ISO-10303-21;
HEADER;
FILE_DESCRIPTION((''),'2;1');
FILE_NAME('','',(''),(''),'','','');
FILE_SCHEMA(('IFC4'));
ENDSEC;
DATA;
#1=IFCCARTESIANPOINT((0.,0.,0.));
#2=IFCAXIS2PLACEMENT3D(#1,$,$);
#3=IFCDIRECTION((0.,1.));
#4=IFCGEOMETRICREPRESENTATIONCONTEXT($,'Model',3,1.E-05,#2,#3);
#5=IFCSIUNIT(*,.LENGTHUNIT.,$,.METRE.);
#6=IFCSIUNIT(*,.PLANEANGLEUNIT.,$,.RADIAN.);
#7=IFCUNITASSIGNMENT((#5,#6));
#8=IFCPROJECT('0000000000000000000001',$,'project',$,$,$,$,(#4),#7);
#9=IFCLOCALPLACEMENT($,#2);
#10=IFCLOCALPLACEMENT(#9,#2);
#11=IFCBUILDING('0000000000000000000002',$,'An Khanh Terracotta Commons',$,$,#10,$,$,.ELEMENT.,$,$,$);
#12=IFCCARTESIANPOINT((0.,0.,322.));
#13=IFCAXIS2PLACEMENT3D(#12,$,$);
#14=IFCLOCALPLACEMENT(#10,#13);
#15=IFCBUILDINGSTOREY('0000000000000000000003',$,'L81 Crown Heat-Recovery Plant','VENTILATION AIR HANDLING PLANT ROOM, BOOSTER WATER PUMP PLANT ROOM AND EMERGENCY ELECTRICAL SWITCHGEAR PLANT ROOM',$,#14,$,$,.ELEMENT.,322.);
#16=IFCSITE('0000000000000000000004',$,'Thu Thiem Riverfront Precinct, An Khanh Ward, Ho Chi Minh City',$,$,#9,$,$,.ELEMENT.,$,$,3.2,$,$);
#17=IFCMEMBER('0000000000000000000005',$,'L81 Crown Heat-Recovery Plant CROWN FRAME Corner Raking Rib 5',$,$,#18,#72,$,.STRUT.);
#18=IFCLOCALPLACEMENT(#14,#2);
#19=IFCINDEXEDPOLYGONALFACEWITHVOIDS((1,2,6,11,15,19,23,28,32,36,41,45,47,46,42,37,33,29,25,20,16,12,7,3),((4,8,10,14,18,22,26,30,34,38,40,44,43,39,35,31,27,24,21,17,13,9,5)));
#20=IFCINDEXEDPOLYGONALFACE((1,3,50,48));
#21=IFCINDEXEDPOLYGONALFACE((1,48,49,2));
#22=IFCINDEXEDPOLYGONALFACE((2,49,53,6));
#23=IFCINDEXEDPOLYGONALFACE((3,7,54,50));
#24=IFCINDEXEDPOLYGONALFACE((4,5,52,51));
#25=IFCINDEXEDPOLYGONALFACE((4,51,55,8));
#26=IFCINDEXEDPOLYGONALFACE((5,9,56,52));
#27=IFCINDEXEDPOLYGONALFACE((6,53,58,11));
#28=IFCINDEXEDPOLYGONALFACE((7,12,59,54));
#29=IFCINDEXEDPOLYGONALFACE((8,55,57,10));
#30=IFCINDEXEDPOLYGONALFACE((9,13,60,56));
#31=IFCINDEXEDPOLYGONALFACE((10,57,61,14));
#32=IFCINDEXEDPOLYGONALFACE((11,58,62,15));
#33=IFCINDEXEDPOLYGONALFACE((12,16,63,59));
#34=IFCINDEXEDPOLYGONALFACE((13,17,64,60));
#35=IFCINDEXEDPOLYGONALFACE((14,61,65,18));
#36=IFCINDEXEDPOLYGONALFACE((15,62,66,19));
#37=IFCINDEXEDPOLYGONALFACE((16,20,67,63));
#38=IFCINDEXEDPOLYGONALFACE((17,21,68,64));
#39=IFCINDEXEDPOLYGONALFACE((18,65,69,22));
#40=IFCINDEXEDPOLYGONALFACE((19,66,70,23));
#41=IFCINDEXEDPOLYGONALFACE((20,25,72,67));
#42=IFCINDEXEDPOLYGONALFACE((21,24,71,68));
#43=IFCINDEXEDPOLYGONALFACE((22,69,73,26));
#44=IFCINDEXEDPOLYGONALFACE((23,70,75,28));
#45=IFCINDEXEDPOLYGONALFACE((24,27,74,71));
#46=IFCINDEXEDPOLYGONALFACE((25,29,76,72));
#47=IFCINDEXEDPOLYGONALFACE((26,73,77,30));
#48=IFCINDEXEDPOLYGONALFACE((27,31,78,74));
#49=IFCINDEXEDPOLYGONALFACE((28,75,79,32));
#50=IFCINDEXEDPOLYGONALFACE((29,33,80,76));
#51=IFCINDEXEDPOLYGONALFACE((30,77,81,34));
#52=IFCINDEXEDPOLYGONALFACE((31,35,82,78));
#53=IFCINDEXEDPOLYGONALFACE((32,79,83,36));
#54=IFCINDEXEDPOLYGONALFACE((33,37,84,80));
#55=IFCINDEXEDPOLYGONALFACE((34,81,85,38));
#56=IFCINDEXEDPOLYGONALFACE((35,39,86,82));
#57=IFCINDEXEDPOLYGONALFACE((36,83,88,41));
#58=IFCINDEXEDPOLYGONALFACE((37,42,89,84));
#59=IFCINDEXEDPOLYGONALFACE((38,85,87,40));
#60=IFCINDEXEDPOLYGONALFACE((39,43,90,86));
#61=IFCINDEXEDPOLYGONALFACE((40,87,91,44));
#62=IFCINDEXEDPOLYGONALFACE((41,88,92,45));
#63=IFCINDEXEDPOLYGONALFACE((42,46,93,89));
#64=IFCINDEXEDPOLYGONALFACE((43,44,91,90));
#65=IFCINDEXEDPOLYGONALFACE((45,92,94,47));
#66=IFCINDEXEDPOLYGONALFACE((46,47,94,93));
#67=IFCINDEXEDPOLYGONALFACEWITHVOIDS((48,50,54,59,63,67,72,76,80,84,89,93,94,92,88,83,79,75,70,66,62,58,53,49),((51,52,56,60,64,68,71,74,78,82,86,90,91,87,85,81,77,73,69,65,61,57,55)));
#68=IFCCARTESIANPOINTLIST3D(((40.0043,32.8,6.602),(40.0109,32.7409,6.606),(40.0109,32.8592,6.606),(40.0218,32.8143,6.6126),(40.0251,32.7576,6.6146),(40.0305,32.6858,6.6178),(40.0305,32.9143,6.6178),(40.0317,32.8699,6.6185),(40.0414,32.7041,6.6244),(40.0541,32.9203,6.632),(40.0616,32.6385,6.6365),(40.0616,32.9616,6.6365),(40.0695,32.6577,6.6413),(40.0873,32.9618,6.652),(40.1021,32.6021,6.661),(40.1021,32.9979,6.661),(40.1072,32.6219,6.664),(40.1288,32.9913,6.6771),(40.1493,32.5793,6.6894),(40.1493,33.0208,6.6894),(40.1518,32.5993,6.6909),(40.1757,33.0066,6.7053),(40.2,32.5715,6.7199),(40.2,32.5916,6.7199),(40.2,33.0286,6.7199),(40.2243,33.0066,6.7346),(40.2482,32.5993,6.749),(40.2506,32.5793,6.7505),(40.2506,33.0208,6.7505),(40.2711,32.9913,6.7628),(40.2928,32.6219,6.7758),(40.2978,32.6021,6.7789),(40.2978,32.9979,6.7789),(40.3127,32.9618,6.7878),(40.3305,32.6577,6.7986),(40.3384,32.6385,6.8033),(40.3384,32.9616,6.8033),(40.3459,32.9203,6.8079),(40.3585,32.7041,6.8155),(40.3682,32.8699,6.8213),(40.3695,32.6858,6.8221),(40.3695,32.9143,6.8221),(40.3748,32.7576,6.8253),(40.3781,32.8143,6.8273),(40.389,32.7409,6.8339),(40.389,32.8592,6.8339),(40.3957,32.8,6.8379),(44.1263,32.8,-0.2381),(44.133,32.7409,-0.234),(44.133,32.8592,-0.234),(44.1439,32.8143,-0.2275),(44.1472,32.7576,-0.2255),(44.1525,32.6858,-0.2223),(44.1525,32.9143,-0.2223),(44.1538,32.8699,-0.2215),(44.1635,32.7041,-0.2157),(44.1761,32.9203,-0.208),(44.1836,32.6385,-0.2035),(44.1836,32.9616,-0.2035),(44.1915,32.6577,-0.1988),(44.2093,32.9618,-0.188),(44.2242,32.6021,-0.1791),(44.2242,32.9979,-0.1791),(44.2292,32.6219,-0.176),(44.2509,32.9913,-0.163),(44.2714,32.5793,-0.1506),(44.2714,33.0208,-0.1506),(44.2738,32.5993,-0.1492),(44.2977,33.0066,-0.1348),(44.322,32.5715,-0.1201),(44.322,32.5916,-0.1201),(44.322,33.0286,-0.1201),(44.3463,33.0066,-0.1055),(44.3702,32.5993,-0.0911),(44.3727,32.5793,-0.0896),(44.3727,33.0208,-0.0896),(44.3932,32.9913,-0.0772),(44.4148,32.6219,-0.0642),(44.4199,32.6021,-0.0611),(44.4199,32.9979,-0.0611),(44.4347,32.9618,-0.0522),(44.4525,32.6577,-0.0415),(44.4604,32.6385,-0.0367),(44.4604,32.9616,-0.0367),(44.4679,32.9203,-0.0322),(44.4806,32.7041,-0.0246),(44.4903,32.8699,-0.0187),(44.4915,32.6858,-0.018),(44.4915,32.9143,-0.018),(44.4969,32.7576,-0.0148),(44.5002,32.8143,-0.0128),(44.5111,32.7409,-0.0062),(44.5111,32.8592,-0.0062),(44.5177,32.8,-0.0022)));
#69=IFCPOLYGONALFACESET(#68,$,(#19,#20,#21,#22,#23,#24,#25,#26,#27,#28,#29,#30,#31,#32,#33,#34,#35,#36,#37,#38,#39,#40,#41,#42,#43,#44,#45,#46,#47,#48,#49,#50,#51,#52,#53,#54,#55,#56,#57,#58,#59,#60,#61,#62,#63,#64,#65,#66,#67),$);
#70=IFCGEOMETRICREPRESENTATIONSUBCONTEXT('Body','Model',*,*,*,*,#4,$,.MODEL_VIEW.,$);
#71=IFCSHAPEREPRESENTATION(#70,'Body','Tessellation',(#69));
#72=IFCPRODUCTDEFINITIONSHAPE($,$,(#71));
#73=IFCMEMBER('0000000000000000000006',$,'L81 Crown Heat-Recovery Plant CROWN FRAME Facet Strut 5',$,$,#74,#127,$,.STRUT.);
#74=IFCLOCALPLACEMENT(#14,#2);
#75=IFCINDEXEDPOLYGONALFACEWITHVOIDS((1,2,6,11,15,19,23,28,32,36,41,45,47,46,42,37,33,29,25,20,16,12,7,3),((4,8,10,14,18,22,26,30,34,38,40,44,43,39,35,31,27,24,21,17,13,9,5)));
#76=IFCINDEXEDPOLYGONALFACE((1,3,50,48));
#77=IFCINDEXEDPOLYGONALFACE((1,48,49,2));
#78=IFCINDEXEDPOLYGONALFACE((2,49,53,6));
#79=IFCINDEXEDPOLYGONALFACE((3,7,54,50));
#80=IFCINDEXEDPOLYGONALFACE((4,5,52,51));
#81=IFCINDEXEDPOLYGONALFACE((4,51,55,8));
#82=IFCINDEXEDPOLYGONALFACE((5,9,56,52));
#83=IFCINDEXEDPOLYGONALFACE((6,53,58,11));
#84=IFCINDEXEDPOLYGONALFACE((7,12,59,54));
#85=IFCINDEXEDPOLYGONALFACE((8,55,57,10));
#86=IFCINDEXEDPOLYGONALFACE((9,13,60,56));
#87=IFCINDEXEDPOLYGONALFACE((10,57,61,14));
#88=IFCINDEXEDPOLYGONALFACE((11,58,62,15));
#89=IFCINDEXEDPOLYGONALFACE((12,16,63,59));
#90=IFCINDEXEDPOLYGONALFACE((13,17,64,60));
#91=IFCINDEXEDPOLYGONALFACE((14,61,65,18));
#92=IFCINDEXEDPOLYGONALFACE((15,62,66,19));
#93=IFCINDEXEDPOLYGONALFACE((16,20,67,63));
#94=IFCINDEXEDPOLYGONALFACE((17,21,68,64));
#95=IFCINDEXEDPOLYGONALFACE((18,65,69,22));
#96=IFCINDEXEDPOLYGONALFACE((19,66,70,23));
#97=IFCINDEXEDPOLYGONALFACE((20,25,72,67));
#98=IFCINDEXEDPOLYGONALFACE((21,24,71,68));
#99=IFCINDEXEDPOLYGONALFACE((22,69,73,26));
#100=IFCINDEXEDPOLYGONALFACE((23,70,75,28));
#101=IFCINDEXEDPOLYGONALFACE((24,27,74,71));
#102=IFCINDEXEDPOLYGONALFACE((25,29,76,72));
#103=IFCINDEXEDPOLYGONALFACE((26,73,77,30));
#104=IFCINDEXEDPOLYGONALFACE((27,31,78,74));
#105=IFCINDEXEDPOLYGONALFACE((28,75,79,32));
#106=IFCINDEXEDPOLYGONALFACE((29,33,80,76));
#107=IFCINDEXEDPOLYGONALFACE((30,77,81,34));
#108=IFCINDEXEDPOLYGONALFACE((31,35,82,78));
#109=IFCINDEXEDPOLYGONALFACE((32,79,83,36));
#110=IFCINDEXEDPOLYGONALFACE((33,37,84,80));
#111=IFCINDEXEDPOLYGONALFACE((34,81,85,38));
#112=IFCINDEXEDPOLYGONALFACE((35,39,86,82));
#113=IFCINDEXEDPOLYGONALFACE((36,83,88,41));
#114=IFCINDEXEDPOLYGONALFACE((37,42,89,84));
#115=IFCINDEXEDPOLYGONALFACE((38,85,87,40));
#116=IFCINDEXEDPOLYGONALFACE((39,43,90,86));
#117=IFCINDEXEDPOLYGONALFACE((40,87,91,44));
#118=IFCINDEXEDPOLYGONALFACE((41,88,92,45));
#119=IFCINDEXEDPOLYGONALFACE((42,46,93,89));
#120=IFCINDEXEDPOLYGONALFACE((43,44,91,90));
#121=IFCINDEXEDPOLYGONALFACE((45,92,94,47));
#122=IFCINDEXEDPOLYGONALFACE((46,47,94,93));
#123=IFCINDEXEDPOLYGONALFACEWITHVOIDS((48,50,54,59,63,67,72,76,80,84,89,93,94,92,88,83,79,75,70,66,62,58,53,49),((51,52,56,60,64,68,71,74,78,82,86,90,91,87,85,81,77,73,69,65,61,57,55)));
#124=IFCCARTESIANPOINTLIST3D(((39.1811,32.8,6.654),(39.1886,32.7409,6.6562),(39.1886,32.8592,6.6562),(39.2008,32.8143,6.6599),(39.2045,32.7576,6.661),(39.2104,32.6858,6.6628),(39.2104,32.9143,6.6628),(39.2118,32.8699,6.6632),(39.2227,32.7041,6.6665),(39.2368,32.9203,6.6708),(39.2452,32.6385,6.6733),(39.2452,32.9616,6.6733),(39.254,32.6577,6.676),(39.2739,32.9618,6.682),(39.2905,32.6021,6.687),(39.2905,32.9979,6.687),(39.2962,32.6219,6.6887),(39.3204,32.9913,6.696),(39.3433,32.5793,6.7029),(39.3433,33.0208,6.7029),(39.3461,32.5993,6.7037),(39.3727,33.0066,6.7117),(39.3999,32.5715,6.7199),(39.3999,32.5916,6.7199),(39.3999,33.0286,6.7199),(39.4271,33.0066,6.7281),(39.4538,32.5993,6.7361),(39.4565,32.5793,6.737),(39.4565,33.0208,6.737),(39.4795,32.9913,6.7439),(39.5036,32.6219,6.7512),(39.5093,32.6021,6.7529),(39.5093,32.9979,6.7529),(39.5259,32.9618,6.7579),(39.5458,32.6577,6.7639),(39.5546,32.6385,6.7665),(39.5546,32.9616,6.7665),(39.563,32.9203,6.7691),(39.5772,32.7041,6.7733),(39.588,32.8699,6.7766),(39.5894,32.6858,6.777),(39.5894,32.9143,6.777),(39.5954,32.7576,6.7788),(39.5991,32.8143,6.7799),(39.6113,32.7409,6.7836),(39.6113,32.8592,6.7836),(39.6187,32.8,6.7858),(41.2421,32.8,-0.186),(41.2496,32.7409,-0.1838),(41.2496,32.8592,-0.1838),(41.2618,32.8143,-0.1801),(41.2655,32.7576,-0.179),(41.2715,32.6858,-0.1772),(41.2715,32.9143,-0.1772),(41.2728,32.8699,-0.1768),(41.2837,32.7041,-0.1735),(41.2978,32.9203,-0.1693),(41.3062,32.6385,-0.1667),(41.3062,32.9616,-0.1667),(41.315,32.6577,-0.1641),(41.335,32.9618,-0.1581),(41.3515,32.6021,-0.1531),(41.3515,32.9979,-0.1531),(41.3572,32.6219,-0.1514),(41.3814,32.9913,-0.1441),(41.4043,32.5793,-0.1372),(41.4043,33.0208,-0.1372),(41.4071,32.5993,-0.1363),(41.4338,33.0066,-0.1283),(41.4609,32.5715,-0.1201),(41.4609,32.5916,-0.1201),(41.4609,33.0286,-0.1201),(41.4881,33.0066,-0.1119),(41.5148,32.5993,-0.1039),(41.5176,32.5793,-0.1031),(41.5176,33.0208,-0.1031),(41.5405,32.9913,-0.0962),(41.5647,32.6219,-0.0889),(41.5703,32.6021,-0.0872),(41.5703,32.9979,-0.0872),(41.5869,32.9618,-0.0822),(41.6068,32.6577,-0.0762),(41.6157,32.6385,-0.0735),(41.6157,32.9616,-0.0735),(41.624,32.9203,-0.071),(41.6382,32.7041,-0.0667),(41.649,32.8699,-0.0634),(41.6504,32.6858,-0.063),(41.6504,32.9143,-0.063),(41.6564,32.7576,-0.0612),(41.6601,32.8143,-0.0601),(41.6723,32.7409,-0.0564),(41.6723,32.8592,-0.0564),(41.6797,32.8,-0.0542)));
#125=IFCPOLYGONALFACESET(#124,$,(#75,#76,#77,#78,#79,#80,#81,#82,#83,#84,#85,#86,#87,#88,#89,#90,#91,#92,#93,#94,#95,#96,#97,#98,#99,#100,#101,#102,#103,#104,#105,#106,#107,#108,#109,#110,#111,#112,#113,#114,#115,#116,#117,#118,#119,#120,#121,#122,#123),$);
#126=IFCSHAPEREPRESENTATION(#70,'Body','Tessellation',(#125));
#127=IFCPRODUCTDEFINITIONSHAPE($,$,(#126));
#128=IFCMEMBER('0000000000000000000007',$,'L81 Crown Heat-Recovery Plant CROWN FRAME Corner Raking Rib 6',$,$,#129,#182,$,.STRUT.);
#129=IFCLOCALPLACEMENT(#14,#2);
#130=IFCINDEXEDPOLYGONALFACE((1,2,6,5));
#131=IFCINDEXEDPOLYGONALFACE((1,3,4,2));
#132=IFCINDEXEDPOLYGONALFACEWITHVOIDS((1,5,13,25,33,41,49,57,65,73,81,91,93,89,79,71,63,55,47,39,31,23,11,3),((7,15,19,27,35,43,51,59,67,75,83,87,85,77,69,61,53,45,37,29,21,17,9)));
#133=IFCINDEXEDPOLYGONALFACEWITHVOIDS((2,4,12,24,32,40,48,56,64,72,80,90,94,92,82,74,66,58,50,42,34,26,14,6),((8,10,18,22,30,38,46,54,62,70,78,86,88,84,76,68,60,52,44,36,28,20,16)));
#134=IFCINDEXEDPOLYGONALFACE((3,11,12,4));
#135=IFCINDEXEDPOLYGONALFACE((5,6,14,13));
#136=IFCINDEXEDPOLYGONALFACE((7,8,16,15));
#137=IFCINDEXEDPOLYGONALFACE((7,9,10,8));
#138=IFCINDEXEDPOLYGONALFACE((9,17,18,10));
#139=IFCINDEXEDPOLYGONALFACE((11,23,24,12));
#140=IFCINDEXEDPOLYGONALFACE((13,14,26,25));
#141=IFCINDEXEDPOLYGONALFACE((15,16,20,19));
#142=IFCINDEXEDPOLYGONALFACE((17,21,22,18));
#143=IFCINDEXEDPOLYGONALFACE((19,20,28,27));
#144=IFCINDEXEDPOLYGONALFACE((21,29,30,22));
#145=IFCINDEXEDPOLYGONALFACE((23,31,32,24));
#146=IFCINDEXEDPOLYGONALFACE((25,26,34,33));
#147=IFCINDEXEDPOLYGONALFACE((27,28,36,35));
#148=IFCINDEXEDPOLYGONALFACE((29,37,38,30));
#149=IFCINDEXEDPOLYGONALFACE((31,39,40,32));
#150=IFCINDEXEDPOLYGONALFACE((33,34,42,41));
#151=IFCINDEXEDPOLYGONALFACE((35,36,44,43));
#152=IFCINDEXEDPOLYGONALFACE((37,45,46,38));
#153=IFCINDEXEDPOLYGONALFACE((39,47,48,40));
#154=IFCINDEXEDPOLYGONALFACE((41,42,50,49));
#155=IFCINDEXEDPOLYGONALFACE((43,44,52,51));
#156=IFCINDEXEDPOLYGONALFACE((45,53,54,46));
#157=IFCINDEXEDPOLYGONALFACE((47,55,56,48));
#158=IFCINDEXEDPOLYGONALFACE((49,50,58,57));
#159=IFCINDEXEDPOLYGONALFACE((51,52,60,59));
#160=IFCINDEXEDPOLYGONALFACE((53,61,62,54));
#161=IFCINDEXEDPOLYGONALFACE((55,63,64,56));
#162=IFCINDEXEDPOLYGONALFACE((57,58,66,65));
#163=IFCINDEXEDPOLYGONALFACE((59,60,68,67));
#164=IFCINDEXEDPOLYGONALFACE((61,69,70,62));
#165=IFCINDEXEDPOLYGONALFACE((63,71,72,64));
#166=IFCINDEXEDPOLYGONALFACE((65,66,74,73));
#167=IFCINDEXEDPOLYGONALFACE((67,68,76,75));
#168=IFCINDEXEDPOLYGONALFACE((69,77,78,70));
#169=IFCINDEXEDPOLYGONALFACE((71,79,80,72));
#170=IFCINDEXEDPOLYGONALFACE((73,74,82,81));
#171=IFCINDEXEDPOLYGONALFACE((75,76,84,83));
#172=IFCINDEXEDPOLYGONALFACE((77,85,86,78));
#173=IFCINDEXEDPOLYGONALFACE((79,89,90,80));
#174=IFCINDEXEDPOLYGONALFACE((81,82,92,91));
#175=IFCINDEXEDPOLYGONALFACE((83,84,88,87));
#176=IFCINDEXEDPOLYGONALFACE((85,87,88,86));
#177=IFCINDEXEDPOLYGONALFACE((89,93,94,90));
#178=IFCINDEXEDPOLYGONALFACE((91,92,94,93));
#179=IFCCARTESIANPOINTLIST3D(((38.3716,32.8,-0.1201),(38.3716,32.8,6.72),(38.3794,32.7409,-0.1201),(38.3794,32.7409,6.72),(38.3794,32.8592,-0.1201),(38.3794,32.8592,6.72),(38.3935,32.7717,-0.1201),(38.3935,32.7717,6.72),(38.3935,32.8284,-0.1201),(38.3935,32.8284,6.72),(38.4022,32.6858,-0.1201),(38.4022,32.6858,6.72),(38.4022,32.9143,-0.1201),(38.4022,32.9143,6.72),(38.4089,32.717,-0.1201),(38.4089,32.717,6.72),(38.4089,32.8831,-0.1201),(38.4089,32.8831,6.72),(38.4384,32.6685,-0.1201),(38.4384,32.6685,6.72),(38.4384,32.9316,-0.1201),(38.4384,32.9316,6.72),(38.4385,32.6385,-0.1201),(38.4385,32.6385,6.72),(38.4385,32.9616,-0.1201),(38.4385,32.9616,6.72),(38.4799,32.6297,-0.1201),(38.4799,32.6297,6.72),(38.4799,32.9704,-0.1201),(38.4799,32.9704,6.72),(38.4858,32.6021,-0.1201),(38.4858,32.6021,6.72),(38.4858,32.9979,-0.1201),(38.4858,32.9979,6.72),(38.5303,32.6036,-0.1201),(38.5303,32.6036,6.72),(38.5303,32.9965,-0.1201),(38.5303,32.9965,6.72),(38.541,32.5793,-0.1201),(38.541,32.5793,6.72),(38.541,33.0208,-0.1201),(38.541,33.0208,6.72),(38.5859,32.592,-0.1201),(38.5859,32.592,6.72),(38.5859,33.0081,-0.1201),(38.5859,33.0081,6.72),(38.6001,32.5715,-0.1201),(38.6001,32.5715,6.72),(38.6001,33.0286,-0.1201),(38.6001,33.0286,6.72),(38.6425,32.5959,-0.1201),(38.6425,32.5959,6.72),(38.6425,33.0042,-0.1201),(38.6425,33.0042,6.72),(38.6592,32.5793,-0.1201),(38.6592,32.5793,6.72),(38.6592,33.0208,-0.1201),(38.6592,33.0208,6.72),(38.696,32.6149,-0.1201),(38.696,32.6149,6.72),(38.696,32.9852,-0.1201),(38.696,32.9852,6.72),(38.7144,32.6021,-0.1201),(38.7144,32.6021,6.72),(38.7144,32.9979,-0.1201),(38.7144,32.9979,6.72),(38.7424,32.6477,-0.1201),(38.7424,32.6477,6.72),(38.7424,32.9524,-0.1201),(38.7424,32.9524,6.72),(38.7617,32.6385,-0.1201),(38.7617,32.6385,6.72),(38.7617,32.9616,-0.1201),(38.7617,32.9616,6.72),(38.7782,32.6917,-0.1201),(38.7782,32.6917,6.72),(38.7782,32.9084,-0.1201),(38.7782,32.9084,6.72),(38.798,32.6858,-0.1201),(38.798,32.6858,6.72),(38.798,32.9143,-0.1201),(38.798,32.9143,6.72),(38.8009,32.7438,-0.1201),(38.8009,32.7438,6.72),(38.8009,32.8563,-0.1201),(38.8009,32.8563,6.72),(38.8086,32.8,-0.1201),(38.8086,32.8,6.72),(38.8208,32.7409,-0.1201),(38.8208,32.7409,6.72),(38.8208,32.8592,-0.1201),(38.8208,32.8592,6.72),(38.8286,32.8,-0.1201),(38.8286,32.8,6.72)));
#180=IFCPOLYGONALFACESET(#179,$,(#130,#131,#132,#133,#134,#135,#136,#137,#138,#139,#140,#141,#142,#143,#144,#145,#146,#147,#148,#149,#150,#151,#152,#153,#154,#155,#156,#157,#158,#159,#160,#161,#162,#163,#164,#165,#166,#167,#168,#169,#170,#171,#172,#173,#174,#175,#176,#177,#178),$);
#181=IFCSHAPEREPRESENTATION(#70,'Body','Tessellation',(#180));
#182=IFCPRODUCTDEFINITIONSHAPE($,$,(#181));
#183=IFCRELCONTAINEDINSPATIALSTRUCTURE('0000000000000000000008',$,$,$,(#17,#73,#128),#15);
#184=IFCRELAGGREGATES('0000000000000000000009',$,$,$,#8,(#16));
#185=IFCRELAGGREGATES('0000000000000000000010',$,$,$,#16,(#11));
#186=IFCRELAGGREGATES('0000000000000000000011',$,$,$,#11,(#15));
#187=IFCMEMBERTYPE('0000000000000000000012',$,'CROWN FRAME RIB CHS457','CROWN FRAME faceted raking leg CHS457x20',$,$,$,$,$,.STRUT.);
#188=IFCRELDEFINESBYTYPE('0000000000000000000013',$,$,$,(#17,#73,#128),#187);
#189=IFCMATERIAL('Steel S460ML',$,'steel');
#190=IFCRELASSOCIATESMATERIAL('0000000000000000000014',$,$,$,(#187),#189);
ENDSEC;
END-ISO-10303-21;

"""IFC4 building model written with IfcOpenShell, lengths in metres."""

from ifc_helpers import new_model, si_unit, direction, frame, origin, origin_2d, place, context, subcontext, project, spatial, hollow_circle, extrude, material, material_profile, profile_set, type_object, element, save


model = new_model("IFC4")

# Units and contexts
model_context = context("Model", 3, precision=1e-05, world=origin(), true_north=direction((0.0, 1.0)))
body_context = subcontext(model_context, "Body", "Model", "MODEL_VIEW")
ifc_project = project(units=[si_unit("LENGTHUNIT", "METRE"), si_unit("PLANEANGLEUNIT", "RADIAN")], contexts=[model_context])

# Site, building, storey
site_placement = place(None, origin())
site = spatial("IfcSite", under=ifc_project, at=site_placement, Name="Thu Thiem Riverfront Precinct, An Khanh Ward, Ho Chi Minh City", CompositionType="ELEMENT", RefElevation=3.2)
building_placement = place(site_placement, origin())
building = spatial("IfcBuilding", under=site, at=building_placement, Name="An Khanh Terracotta Commons", CompositionType="ELEMENT")
storey_placement = place(building_placement, frame((0.0, 0.0, 322.0)))
storey = spatial("IfcBuildingStorey", under=building, at=storey_placement, Name="L81 Crown Heat-Recovery Plant", Description="VENTILATION AIR HANDLING PLANT ROOM, BOOSTER WATER PUMP PLANT ROOM AND EMERGENCY ELECTRICAL SWITCHGEAR PLANT ROOM", CompositionType="ELEMENT", Elevation=322.0)

# Members
ifc_material_1 = material(Name="Steel S460ML", Category="steel")
ifc_material_profile_1 = material_profile(ifc_material_1, hollow_circle(Radius=0.2285, WallThickness=0.02, at=origin_2d()), Name="CHS457x20")
ifc_profile_set_1 = profile_set([ifc_material_profile_1], Name="Steel S460ML")
member_type_1 = type_object("IfcMemberType", Name="CROWN FRAME RIB CHS457", Description="CROWN FRAME faceted raking leg CHS457x20", PredefinedType="STRUT", material=ifc_profile_set_1)
member_1_placement = place(storey_placement, frame((44.322, 32.8, -0.1201), z_axis=(-0.516154, 0.0, 0.856496), x_axis=(0.0, -1.0, 0.0)))
element("IfcMember", 1, at=member_1_placement, inside=storey, type_object=member_type_1, Name="L81 Crown Heat-Recovery Plant CROWN FRAME Corner Raking Rib 5", PredefinedType="STRUT", context=body_context, shape_type="SweptSolid", body=[
    extrude(hollow_circle(Radius=0.2285, WallThickness=0.02, at=origin_2d()), origin(), (0.0, 0.0, 1.0), 7.9861),
])
member_2_placement = place(storey_placement, frame((41.4609, 32.8, -0.1201), z_axis=(-0.288505, 0.0, 0.957479), x_axis=(0.0, -1.0, 0.0)))
element("IfcMember", 2, at=member_2_placement, inside=storey, type_object=member_type_1, Name="L81 Crown Heat-Recovery Plant CROWN FRAME Facet Strut 5", PredefinedType="STRUT", context=body_context, shape_type="SweptSolid", body=[
    extrude(hollow_circle(Radius=0.2285, WallThickness=0.02, at=origin_2d()), origin(), (0.0, 0.0, 1.0), 7.1438),
])
member_3_placement = place(storey_placement, frame((38.6001, 32.8, -0.1201), z_axis=(0.0, 0.0, 1.0), x_axis=(1.0, 0.0, 0.0)))
element("IfcMember", 3, at=member_3_placement, inside=storey, type_object=member_type_1, Name="L81 Crown Heat-Recovery Plant CROWN FRAME Corner Raking Rib 6", PredefinedType="STRUT", context=body_context, shape_type="SweptSolid", body=[
    extrude(hollow_circle(Radius=0.2285, WallThickness=0.02, at=origin_2d()), origin(), (0.0, 0.0, 1.0), 6.8401),
])

save(model, "model.ifc")
